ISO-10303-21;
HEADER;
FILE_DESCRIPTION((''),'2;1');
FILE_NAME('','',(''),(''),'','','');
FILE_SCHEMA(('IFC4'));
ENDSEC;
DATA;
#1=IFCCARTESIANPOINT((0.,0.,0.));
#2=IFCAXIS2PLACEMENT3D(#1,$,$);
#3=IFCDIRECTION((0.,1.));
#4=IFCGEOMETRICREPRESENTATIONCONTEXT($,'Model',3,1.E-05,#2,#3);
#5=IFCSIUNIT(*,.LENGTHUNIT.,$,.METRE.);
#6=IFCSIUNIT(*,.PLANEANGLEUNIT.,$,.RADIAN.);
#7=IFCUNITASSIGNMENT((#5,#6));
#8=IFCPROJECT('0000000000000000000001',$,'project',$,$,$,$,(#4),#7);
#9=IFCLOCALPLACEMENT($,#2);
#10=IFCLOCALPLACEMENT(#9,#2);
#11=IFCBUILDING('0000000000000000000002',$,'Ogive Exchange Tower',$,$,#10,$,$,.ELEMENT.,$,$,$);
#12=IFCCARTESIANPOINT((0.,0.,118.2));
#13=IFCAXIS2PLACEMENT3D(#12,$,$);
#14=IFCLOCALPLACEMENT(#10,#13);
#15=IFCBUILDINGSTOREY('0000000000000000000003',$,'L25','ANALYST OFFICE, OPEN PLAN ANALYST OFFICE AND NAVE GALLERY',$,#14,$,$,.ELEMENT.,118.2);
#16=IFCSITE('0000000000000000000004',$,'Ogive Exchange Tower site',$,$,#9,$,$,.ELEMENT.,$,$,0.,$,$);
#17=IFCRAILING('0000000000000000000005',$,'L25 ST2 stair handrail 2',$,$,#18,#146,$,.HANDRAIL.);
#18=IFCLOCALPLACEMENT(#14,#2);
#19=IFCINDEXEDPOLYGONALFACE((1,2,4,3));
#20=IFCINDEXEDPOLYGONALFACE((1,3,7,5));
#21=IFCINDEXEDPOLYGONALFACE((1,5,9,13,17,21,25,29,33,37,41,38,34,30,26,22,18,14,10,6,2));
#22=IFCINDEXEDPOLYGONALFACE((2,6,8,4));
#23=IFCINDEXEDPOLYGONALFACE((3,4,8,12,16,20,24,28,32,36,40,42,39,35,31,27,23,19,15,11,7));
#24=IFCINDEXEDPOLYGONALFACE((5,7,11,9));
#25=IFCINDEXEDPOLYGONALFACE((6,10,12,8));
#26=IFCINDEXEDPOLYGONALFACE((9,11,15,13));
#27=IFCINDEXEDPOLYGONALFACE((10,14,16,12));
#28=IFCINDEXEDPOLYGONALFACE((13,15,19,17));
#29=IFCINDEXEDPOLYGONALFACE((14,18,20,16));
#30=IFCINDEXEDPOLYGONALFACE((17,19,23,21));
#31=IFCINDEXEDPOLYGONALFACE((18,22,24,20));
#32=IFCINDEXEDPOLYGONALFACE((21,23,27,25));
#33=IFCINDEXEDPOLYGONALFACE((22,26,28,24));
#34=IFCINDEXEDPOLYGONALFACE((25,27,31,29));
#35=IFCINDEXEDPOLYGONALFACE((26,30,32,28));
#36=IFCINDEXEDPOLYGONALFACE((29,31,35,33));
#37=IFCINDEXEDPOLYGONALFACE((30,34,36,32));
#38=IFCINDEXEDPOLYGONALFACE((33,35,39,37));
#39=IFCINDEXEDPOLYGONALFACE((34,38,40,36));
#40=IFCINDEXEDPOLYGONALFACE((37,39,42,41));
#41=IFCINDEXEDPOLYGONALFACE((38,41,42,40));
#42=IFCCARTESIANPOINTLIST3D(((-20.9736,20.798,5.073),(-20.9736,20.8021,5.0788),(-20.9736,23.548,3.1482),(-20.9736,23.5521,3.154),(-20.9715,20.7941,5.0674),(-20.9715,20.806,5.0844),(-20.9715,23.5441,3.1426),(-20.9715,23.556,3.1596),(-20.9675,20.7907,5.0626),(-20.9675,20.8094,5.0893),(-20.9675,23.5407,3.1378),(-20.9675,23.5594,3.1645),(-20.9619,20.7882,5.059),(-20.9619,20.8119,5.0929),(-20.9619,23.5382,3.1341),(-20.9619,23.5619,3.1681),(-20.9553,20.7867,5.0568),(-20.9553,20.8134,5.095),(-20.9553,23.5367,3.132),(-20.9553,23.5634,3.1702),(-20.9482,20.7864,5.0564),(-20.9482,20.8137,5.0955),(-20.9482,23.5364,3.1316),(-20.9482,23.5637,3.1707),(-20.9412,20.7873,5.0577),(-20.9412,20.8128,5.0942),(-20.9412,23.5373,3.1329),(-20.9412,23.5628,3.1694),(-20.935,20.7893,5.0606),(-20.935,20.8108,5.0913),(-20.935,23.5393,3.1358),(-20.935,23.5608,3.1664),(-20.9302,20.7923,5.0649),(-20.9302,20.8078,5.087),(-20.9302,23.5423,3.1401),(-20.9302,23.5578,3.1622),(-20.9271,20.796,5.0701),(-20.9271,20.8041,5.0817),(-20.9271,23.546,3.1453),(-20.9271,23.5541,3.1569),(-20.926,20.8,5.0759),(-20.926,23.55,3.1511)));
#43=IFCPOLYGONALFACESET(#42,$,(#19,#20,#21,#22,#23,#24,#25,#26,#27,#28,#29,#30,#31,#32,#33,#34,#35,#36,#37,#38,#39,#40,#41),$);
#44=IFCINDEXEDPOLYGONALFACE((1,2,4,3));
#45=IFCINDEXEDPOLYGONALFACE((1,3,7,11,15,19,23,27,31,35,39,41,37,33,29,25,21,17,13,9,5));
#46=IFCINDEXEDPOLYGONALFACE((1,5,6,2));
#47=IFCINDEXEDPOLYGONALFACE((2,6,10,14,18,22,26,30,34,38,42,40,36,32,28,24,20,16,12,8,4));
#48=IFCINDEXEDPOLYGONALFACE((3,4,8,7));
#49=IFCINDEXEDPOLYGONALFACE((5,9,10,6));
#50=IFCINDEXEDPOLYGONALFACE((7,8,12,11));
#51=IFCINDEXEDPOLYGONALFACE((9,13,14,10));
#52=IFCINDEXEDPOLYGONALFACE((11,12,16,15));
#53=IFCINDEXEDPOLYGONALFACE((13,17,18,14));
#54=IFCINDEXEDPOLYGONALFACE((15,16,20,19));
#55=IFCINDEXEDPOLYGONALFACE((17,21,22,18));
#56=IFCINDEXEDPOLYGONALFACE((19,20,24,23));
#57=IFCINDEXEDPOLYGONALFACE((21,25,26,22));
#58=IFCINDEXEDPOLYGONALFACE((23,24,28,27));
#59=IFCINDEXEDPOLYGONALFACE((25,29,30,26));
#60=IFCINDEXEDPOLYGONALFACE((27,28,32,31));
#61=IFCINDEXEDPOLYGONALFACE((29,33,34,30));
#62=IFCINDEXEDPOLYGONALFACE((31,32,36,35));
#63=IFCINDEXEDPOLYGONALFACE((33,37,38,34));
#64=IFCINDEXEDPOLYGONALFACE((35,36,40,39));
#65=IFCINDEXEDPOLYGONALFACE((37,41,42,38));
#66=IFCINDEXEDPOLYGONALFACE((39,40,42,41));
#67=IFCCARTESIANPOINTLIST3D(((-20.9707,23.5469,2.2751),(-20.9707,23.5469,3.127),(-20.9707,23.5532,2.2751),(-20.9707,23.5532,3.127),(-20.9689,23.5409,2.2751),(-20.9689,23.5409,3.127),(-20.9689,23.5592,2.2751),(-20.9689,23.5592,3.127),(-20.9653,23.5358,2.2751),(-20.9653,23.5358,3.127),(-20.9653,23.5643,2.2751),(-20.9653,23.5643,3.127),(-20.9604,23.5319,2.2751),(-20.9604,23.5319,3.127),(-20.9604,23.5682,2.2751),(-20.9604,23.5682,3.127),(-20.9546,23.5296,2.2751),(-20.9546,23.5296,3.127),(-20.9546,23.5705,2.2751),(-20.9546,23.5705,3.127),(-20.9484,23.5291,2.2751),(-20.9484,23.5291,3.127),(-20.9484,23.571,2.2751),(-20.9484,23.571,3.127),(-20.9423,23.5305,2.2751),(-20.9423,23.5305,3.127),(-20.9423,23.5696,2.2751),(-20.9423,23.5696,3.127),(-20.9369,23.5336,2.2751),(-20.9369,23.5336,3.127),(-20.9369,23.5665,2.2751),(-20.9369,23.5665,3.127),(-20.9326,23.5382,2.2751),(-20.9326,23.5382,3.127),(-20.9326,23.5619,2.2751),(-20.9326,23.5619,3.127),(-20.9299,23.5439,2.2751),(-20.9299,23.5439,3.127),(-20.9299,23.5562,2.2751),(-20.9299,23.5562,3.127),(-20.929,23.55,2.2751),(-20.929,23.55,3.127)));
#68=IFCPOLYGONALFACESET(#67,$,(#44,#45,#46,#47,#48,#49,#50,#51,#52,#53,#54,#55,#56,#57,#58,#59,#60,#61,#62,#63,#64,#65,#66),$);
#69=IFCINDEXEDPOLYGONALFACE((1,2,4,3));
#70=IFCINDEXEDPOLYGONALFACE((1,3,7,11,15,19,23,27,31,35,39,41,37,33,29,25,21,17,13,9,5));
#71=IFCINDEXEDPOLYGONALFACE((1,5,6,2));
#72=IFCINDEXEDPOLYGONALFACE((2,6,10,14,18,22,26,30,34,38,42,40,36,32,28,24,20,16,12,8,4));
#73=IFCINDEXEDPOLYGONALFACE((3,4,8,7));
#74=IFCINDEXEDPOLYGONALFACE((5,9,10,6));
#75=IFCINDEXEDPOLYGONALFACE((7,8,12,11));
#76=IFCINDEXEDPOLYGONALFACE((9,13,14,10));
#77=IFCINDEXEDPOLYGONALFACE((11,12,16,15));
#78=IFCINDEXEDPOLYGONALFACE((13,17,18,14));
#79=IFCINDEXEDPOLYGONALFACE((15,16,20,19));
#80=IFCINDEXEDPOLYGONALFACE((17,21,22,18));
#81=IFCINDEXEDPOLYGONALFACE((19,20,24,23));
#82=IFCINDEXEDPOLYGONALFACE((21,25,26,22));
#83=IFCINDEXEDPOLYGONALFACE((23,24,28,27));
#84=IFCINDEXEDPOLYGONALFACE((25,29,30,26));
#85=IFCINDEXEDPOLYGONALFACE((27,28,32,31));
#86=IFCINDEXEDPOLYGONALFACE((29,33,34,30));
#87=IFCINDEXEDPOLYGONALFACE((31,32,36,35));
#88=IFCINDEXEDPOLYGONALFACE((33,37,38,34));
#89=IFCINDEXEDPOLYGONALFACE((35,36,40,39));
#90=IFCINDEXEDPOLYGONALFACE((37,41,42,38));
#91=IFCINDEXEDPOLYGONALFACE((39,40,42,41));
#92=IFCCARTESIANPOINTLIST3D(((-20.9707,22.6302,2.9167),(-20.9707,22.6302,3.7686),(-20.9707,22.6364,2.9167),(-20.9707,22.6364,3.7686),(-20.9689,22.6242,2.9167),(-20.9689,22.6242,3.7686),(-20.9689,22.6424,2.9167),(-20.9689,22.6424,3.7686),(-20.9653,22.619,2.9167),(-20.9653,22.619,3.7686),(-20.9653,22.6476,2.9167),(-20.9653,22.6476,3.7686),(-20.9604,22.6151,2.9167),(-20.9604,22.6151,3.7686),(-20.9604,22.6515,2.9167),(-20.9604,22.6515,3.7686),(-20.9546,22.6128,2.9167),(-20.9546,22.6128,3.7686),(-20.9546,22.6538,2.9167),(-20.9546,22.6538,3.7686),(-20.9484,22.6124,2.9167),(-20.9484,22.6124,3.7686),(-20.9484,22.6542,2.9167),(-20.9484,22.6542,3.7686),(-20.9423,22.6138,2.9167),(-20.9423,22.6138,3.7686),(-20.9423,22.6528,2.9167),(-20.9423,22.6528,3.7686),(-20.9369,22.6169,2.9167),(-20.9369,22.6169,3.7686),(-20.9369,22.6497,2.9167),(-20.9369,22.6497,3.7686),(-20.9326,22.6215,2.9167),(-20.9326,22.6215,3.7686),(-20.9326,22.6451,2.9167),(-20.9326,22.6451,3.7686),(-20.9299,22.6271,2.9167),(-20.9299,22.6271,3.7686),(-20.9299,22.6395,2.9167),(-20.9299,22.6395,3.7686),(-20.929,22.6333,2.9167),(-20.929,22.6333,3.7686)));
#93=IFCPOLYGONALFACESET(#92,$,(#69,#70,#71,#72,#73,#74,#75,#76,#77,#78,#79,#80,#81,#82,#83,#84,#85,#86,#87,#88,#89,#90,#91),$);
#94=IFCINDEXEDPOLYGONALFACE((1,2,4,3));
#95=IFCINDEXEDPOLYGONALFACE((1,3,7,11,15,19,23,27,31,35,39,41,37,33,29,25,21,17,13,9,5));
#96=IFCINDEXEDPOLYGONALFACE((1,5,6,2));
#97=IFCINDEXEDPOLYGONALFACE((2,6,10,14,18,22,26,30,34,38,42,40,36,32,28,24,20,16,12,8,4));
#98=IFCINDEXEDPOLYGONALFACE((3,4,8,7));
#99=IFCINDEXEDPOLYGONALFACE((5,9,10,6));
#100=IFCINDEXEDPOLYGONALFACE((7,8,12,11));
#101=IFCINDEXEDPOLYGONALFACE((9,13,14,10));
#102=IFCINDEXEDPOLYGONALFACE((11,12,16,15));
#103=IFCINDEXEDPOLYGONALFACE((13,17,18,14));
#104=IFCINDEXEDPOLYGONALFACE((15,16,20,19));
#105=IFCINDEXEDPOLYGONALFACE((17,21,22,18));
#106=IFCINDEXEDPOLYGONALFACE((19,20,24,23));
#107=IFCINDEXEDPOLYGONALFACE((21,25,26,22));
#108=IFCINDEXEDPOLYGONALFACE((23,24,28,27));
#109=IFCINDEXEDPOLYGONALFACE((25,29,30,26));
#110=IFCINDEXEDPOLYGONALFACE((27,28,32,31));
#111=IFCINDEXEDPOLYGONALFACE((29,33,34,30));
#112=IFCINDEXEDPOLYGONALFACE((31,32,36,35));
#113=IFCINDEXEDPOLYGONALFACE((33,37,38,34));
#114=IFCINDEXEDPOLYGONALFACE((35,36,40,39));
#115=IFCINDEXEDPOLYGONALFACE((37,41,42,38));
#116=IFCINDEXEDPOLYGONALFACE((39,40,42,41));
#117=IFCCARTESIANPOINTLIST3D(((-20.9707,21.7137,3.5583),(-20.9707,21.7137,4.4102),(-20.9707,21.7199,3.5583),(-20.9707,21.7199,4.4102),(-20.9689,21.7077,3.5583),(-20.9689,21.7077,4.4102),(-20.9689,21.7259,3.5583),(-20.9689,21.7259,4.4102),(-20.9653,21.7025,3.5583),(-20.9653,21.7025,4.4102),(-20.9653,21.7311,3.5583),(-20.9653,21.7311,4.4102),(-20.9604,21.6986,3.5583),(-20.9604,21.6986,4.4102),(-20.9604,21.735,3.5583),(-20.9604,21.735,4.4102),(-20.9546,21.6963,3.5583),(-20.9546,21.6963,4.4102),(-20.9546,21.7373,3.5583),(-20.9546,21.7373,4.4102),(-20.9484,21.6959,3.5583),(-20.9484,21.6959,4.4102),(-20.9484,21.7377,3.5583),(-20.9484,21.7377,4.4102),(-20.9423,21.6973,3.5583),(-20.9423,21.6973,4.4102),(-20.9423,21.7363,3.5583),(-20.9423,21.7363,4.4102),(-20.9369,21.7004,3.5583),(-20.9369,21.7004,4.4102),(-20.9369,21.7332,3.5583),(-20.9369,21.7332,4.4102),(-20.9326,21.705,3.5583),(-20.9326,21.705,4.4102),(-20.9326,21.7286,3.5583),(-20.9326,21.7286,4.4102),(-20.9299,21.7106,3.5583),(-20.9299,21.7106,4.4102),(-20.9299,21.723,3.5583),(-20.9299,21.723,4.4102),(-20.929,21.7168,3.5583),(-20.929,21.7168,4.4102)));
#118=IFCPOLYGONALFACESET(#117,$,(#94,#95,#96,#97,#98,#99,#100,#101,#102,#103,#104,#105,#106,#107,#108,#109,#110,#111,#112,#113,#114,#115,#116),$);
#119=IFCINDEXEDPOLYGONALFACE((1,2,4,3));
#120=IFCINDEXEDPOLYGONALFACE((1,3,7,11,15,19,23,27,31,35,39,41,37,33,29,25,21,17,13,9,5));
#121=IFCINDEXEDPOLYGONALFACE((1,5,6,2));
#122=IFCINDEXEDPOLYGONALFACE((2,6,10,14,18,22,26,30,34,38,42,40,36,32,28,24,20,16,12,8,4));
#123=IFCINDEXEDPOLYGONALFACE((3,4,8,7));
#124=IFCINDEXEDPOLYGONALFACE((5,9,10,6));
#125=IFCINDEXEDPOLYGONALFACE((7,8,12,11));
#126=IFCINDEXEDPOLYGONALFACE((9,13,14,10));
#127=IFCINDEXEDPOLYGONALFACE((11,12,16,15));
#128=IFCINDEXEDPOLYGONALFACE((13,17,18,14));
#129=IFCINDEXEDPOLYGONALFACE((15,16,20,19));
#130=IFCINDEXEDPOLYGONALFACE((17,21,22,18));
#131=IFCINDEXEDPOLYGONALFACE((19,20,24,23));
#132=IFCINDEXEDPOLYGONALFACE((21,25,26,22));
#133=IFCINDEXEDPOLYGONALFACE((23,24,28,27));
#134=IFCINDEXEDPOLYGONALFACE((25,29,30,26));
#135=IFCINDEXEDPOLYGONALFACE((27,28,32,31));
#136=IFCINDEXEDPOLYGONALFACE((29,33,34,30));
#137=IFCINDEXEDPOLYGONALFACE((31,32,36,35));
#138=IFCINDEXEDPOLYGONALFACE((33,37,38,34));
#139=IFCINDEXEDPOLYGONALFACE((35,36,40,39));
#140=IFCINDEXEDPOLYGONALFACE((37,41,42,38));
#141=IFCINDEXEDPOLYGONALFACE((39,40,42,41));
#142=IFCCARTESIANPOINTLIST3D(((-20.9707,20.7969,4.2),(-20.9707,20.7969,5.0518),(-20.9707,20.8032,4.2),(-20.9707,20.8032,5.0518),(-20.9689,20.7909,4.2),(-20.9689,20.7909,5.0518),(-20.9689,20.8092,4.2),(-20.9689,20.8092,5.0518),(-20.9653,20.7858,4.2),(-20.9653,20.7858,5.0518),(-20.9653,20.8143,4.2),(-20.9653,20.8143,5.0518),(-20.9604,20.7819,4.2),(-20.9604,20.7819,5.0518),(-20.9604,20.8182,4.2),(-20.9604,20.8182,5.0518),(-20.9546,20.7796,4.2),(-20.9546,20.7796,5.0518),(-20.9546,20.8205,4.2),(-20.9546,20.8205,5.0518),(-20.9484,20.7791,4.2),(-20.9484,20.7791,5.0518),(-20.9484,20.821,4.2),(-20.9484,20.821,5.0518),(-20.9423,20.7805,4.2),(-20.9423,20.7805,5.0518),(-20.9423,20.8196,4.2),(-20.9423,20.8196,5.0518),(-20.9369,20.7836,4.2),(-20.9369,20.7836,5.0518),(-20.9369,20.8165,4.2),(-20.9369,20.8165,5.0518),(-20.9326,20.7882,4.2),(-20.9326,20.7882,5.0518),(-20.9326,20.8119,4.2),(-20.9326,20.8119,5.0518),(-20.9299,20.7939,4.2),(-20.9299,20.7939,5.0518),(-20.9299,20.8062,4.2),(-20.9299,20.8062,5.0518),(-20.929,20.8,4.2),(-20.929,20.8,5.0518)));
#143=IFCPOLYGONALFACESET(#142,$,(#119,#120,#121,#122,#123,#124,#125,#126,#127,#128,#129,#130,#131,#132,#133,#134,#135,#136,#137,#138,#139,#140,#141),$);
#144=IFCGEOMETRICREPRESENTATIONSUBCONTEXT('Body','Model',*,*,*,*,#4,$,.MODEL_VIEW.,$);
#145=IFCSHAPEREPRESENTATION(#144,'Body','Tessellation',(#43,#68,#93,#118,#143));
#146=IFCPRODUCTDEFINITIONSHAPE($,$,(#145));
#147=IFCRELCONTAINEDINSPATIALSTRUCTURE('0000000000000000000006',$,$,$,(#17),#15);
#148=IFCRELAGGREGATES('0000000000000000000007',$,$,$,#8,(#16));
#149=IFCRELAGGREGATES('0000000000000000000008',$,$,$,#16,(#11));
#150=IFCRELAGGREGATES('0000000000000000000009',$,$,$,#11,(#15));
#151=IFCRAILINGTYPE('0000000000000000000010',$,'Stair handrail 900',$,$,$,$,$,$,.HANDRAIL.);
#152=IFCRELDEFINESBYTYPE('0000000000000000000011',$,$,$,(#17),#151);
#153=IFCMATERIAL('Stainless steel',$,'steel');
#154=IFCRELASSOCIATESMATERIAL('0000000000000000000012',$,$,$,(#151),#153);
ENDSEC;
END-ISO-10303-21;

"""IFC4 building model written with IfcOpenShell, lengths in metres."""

from ifc_helpers import new_model, si_unit, direction, frame, origin, origin_2d, place, context, subcontext, project, spatial, circle, extrude, material, type_object, element, save


model = new_model("IFC4")

# Units and contexts
model_context = context("Model", 3, precision=1e-05, world=origin(), true_north=direction((0.0, 1.0)))
body_context = subcontext(model_context, "Body", "Model", "MODEL_VIEW")
ifc_project = project(units=[si_unit("LENGTHUNIT", "METRE"), si_unit("PLANEANGLEUNIT", "RADIAN")], contexts=[model_context])

# Site, building, storey
site_placement = place(None, origin())
site = spatial("IfcSite", under=ifc_project, at=site_placement, Name="Ogive Exchange Tower site", CompositionType="ELEMENT", RefElevation=0.0)
building_placement = place(site_placement, origin())
building = spatial("IfcBuilding", under=site, at=building_placement, Name="Ogive Exchange Tower", CompositionType="ELEMENT")
storey_placement = place(building_placement, frame((0.0, 0.0, 118.2)))
storey = spatial("IfcBuildingStorey", under=building, at=storey_placement, Name="L25", Description="ANALYST OFFICE, OPEN PLAN ANALYST OFFICE AND NAVE GALLERY", CompositionType="ELEMENT", Elevation=118.2)

# Shared definitions
ifc_material_1 = material(Name="Stainless steel", Category="steel")

# Railing
railing_type = type_object("IfcRailingType", Name="Stair handrail 900", PredefinedType="HANDRAIL", material=ifc_material_1)
railing_placement = place(storey_placement, frame((-20.95, 23.55, 2.2751)))
element("IfcRailing", 1, at=railing_placement, inside=storey, type_object=railing_type, Name="L25 ST2 stair handrail 2", PredefinedType="HANDRAIL", context=body_context, shape_type="SweptSolid", body=[
    extrude(circle(Radius=0.0239, at=origin_2d()), frame((0.0, 0.0, 0.876), z_axis=(0.0, -0.819259, 0.573423), x_axis=(1.0, 0.0, 0.0)), (0.0, 0.0, 1.0), 3.3567),
    extrude(circle(Radius=0.021, at=origin_2d()), origin(), (0.0, 0.0, 1.0), 0.8518),
    extrude(circle(Radius=0.021, at=origin_2d()), frame((0.0, -0.9167, 0.6416)), (0.0, 0.0, 1.0), 0.8518),
    extrude(circle(Radius=0.021, at=origin_2d()), frame((0.0, -1.8333, 1.2832)), (0.0, 0.0, 1.0), 0.8518),
    extrude(circle(Radius=0.021, at=origin_2d()), frame((0.0, -2.75, 1.9248)), (0.0, 0.0, 1.0), 0.8518),
])

save(model, "model.ifc")
